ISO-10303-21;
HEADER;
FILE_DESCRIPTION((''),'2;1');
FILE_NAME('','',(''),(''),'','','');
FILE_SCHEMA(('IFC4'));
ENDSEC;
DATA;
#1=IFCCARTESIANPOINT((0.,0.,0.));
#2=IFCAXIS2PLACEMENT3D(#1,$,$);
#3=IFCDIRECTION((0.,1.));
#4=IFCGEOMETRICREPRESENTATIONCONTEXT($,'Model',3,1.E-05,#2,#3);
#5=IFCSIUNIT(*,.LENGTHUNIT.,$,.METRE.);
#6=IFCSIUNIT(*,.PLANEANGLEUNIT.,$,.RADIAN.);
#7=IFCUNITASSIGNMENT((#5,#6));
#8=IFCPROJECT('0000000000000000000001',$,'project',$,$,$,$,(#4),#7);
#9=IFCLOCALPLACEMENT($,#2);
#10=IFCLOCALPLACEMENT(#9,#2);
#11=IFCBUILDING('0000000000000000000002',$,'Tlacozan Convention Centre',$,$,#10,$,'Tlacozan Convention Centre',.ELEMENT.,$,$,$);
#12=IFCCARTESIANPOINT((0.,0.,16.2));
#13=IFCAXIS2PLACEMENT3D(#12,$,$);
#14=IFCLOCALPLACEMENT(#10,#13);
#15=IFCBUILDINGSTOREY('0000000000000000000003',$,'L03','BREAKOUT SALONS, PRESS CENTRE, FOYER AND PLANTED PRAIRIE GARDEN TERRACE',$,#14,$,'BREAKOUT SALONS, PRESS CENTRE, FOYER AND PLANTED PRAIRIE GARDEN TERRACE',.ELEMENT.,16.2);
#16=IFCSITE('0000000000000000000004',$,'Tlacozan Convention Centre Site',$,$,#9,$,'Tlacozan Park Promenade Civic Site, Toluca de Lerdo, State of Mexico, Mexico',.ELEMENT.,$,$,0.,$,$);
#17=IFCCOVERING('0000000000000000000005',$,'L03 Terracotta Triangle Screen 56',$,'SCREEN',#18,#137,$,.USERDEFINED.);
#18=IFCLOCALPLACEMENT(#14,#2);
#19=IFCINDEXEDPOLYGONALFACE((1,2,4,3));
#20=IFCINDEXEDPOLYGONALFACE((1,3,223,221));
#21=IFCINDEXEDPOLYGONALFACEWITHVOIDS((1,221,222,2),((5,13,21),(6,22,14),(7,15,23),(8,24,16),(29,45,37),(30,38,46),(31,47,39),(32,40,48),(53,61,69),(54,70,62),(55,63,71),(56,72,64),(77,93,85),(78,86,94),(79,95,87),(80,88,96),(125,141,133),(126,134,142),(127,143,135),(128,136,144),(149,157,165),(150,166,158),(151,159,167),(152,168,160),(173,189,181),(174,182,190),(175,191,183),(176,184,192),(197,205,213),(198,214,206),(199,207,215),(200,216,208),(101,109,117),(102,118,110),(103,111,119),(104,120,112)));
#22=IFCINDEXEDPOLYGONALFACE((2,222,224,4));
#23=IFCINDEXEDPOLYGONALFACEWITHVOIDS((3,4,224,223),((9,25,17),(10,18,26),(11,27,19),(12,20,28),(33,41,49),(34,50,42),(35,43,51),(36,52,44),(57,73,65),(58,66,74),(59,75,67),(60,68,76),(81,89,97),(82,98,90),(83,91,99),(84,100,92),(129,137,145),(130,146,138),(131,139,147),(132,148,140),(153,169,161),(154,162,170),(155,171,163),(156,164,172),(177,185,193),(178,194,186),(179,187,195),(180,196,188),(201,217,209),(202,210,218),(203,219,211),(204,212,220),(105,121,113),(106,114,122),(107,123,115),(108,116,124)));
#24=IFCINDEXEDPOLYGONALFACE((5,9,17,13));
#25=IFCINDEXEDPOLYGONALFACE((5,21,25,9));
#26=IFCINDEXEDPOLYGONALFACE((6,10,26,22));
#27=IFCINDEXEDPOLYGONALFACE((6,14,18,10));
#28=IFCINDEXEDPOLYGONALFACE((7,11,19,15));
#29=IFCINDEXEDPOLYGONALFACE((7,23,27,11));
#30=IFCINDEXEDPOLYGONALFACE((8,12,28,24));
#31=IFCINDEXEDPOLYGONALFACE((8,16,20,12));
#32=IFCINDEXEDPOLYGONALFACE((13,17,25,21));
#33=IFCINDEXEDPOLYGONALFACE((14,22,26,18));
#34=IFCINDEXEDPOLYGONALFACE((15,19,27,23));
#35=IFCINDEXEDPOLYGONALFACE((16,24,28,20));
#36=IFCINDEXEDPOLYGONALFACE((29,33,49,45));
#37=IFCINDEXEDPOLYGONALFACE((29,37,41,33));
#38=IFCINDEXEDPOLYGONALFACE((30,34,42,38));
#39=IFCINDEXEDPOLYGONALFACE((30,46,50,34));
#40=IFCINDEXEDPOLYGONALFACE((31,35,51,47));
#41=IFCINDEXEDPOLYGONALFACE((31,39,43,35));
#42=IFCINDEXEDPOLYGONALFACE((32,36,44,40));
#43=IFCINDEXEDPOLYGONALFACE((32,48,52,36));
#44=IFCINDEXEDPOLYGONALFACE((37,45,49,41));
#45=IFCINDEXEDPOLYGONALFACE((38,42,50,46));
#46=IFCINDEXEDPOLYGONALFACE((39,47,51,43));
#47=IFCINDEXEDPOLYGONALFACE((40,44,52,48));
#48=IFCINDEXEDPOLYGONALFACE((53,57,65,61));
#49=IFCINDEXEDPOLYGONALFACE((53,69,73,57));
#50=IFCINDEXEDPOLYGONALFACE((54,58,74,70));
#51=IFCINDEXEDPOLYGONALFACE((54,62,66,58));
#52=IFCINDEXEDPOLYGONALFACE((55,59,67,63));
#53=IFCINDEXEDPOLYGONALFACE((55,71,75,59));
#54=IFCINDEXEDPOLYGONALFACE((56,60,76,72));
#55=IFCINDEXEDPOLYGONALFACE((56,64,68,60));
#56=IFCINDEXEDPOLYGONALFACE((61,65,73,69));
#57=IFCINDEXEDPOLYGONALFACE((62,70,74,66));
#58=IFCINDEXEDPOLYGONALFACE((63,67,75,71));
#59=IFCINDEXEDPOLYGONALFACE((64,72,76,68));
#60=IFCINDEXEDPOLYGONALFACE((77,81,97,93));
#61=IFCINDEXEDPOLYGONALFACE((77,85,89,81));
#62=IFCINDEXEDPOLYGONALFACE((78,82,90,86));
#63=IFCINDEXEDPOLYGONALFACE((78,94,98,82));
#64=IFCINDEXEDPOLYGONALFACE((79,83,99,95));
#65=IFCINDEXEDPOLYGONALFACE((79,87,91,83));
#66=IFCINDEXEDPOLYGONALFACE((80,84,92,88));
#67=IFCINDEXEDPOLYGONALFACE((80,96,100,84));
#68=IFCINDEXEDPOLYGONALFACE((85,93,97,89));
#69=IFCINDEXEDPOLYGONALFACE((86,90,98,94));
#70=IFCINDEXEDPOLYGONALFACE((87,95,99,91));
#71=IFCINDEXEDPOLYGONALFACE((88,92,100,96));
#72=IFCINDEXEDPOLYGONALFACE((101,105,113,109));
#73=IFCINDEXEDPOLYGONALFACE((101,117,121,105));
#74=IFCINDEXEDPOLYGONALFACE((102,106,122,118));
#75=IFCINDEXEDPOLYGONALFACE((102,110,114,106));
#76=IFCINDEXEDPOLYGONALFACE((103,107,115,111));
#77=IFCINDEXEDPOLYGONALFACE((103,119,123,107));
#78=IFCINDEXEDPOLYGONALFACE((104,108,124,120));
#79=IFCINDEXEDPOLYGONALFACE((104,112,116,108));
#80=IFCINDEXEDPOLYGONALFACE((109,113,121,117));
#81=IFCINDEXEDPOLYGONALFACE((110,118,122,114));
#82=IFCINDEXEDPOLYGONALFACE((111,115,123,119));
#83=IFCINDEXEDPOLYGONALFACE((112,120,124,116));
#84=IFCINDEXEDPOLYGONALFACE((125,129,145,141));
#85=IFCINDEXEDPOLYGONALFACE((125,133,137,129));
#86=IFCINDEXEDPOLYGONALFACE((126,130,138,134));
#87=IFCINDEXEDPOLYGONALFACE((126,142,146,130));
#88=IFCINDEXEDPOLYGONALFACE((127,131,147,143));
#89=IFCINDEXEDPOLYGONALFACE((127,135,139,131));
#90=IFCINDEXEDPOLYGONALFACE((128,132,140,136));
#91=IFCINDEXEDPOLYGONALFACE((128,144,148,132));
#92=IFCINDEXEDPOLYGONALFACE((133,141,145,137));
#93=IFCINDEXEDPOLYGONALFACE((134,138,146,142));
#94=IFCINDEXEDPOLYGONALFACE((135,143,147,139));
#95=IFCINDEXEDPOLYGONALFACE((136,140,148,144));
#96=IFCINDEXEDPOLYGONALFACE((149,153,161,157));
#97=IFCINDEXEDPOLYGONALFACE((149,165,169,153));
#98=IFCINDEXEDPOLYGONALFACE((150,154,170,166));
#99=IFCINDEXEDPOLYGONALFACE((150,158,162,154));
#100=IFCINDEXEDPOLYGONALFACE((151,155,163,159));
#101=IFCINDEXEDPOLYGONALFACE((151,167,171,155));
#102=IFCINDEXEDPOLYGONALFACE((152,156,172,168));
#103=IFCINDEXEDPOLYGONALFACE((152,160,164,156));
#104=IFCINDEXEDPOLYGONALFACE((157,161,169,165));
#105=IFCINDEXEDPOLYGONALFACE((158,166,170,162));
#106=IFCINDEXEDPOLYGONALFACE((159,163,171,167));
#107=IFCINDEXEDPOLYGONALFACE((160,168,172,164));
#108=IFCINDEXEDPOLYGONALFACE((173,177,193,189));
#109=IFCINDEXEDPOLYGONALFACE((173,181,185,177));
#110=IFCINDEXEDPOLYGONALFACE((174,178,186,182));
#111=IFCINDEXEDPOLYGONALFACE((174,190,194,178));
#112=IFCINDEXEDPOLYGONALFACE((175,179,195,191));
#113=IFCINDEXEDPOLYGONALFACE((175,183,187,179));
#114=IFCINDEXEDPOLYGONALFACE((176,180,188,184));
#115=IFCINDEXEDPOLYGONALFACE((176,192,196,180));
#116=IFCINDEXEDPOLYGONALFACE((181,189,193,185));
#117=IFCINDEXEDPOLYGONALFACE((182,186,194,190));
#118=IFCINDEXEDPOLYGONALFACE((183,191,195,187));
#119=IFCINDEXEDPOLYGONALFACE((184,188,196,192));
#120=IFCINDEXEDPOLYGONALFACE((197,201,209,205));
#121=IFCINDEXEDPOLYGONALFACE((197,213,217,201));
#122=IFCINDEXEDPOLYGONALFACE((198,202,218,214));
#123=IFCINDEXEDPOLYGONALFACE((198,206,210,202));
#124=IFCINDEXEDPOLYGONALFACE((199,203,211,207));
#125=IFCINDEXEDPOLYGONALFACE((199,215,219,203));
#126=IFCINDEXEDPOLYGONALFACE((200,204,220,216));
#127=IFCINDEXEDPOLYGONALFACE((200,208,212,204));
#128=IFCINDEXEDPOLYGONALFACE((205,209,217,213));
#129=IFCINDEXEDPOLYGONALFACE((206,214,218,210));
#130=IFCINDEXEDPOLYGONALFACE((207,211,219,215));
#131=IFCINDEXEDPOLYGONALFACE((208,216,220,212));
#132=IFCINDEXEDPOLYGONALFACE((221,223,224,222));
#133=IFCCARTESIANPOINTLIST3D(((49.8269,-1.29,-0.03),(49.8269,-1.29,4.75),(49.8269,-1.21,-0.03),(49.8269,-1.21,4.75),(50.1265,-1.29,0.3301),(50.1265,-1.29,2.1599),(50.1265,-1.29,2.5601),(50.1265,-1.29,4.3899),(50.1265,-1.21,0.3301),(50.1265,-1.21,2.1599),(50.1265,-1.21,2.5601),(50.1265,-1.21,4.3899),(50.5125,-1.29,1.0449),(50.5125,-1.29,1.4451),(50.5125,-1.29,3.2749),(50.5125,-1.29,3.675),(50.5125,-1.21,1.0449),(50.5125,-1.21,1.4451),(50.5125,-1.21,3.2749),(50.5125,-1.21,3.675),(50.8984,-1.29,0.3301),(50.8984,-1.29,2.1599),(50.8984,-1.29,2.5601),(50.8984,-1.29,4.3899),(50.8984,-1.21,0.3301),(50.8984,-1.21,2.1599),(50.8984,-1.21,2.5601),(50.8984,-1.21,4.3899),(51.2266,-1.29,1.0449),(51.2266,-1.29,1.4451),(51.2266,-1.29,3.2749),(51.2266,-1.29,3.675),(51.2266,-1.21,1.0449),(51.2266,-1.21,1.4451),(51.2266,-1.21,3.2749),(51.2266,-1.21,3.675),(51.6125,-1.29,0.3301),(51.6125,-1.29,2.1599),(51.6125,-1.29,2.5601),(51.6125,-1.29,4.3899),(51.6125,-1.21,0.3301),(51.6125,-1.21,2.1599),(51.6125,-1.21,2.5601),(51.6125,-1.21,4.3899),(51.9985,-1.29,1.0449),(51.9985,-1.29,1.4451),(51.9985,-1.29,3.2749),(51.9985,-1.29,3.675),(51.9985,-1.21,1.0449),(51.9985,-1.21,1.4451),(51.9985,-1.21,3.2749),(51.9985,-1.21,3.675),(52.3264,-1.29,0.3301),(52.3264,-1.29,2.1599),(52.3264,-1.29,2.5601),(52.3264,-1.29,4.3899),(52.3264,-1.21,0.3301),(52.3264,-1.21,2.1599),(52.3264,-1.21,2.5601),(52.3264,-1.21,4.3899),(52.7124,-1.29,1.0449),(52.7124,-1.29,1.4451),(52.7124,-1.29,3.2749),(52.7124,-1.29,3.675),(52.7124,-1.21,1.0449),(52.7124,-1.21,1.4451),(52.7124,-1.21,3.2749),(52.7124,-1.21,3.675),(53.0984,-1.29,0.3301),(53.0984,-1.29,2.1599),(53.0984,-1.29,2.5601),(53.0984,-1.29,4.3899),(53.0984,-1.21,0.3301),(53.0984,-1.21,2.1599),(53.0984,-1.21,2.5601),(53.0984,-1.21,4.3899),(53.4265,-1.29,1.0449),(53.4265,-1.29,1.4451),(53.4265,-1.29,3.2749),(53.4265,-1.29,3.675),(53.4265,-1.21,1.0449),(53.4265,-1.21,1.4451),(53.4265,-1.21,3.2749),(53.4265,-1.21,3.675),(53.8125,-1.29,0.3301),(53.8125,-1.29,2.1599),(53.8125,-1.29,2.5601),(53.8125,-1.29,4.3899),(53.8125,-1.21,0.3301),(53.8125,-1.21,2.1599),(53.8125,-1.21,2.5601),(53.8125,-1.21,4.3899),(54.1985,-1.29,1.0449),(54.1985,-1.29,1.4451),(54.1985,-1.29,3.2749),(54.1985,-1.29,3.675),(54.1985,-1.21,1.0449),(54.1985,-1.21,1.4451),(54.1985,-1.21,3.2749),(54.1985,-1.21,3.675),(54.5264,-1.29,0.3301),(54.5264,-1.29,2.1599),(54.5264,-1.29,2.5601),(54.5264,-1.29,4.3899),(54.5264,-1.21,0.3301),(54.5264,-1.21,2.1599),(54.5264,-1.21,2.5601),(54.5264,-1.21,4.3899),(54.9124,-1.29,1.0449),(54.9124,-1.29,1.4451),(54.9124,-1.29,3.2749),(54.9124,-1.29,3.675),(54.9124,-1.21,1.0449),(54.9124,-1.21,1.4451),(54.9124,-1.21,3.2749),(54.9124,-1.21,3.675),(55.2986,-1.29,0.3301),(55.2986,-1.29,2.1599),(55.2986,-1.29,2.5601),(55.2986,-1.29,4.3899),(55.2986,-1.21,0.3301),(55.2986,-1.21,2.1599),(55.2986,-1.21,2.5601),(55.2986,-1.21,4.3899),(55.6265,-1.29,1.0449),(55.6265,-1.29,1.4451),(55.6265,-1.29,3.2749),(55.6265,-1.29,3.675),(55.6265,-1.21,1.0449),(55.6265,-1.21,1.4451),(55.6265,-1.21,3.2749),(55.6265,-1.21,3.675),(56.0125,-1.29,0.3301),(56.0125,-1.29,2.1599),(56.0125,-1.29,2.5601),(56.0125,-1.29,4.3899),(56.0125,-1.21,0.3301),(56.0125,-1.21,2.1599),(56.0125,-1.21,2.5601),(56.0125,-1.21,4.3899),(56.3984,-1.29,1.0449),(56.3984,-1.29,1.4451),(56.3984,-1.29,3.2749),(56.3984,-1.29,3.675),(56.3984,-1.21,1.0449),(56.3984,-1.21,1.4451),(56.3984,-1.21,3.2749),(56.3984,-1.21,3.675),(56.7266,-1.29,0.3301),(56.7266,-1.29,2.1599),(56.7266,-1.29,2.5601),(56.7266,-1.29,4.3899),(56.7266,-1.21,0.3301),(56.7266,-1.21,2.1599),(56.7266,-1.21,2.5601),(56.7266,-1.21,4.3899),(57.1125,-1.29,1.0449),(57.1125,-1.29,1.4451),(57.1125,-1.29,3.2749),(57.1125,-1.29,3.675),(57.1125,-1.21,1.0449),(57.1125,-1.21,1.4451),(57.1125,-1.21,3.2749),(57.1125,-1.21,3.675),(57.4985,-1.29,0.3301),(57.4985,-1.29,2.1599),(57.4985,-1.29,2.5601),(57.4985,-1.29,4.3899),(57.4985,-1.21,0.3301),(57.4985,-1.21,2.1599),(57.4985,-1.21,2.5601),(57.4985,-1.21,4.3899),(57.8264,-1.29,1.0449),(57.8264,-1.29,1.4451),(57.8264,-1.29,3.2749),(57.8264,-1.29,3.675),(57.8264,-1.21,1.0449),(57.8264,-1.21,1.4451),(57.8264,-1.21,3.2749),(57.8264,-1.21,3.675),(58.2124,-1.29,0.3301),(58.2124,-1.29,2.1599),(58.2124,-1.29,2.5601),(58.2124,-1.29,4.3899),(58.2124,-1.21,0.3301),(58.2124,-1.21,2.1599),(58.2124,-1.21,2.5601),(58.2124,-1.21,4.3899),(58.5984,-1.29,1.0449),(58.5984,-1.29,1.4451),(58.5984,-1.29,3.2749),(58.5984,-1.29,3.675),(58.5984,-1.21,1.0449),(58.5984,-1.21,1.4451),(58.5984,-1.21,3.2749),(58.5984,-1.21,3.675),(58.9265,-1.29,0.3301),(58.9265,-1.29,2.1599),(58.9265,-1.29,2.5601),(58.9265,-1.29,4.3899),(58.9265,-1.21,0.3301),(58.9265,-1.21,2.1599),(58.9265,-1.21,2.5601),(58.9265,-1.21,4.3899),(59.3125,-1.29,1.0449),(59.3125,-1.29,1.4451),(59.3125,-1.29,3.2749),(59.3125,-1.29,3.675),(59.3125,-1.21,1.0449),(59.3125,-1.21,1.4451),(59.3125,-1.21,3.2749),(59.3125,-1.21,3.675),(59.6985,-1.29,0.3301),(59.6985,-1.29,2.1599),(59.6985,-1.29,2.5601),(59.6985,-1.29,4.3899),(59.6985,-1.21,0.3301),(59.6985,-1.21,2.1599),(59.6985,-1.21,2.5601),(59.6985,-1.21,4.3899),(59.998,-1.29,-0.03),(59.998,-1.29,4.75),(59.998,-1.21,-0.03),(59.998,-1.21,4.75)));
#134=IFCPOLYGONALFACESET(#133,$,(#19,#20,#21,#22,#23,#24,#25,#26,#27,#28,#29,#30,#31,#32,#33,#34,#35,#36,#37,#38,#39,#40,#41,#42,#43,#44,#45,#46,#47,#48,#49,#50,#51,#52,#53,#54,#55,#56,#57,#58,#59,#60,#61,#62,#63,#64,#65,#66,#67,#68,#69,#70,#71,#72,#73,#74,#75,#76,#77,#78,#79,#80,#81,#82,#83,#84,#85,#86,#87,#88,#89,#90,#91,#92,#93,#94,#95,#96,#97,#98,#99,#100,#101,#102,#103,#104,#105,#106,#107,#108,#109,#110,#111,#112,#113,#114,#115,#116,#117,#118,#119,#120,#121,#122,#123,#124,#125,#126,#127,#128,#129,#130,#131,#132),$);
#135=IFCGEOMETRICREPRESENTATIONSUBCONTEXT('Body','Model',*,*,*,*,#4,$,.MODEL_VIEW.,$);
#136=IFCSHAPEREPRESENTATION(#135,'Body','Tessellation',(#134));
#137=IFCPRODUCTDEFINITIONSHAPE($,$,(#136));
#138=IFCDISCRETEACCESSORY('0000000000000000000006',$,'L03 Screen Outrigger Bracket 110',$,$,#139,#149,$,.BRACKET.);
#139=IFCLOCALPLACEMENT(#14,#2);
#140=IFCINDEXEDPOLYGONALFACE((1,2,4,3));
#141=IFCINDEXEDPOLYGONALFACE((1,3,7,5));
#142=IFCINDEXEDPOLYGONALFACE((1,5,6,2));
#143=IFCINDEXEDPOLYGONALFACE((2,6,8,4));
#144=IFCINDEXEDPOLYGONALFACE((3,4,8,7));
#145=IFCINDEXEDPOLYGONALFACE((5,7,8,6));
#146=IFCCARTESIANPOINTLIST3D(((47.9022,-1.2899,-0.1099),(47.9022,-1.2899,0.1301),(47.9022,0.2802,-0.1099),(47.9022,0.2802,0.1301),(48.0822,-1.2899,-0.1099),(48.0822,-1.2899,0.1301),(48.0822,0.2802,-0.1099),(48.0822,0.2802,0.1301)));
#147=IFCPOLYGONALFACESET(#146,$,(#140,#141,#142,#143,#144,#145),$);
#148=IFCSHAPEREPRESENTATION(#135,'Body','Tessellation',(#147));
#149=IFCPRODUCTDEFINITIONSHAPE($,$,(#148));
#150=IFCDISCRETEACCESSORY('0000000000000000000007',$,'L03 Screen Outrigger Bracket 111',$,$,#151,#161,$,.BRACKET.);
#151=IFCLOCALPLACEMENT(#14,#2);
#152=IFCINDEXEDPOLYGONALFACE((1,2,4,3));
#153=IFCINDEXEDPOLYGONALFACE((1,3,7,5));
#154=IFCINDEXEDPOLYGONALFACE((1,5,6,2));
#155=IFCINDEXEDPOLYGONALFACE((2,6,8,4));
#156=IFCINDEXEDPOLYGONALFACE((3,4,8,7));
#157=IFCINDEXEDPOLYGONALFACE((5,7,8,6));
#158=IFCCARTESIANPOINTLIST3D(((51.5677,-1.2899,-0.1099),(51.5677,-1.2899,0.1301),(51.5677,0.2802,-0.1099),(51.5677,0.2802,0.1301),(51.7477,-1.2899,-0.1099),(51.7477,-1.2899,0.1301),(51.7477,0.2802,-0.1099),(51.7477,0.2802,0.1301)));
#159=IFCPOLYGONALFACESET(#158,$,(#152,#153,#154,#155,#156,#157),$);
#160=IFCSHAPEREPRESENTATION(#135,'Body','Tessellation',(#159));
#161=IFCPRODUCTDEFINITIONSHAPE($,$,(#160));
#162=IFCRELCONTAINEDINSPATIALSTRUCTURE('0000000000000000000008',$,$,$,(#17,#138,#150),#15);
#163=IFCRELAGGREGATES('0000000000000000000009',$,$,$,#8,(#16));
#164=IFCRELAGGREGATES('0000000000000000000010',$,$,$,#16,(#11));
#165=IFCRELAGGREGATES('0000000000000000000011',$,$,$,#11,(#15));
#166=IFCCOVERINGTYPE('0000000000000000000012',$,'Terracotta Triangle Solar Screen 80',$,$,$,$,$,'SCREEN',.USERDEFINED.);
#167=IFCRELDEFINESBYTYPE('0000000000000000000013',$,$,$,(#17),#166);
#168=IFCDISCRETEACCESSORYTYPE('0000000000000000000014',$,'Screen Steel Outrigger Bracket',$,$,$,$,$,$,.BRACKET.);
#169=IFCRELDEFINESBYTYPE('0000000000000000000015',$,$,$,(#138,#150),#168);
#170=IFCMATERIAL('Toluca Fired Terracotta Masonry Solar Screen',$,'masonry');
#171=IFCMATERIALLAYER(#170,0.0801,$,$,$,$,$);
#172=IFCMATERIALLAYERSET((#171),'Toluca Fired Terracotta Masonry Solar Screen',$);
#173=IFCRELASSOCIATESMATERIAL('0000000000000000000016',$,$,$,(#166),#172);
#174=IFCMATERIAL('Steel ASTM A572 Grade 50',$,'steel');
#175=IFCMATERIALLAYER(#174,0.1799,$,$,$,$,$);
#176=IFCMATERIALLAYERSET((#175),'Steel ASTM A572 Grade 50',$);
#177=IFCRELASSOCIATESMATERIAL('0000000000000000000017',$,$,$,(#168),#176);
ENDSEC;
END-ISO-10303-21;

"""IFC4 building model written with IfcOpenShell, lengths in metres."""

from ifc_helpers import new_model, si_unit, direction, frame, origin, origin_2d, place, context, subcontext, project, spatial, polyline, rectangle, outline, extrude, material, layer, layer_set, type_object, element, save


model = new_model("IFC4")

# Units and contexts
model_context = context("Model", 3, precision=1e-05, world=origin(), true_north=direction((0.0, 1.0)))
body_context = subcontext(model_context, "Body", "Model", "MODEL_VIEW")
ifc_project = project(units=[si_unit("LENGTHUNIT", "METRE"), si_unit("PLANEANGLEUNIT", "RADIAN")], contexts=[model_context])

# Site, building, storey
site_placement = place(None, origin())
site = spatial("IfcSite", under=ifc_project, at=site_placement, Name="Tlacozan Convention Centre Site", LongName="Tlacozan Park Promenade Civic Site, Toluca de Lerdo, State of Mexico, Mexico", CompositionType="ELEMENT", RefElevation=0.0)
building_placement = place(site_placement, origin())
building = spatial("IfcBuilding", under=site, at=building_placement, Name="Tlacozan Convention Centre", LongName="Tlacozan Convention Centre", CompositionType="ELEMENT")
storey_placement = place(building_placement, frame((0.0, 0.0, 16.2)))
storey = spatial("IfcBuildingStorey", under=building, at=storey_placement, Name="L03", Description="BREAKOUT SALONS, PRESS CENTRE, FOYER AND PLANTED PRAIRIE GARDEN TERRACE", LongName="BREAKOUT SALONS, PRESS CENTRE, FOYER AND PLANTED PRAIRIE GARDEN TERRACE", CompositionType="ELEMENT", Elevation=16.2)

# Covering
ifc_material_1 = material(Name="Toluca Fired Terracotta Masonry Solar Screen", Category="masonry")
ifc_layer_1 = layer(ifc_material_1, 0.0801)
ifc_layer_set_1 = layer_set([ifc_layer_1], Name="Toluca Fired Terracotta Masonry Solar Screen")
covering_type = type_object("IfcCoveringType", Name="Terracotta Triangle Solar Screen 80", ElementType="SCREEN", PredefinedType="USERDEFINED", material=ifc_layer_set_1)
covering_placement = place(storey_placement, frame((49.8269, -1.25, -0.03), z_axis=(0.0, 0.0, 1.0), x_axis=(1.0, 0.0, 0.0)))
element("IfcCovering", 1, at=covering_placement, inside=storey, type_object=covering_type, Name="L03 Terracotta Triangle Screen 56", ObjectType="SCREEN", PredefinedType="USERDEFINED", context=body_context, shape_type="SweptSolid", body=[
    extrude(outline(polyline([(0.0, 0.0), (10.1711, 0.0), (10.1711, 4.78), (0.0, 4.78), (0.0, 0.0)]), holes=[polyline([(0.2996, 0.3601), (1.0715, 0.3601), (0.6855, 1.075), (0.2996, 0.3601)]), polyline([(1.3997, 1.075), (2.1716, 1.075), (1.7856, 0.3601), (1.3997, 1.075)]), polyline([(2.4995, 0.3601), (3.2715, 0.3601), (2.8855, 1.075), (2.4995, 0.3601)]), polyline([(3.5996, 1.075), (4.3716, 1.075), (3.9856, 0.3601), (3.5996, 1.075)]), polyline([(4.6995, 0.3601), (5.4717, 0.3601), (5.0854, 1.075), (4.6995, 0.3601)]), polyline([(5.7996, 1.075), (6.5715, 1.075), (6.1855, 0.3601), (5.7996, 1.075)]), polyline([(6.8997, 0.3601), (7.6716, 0.3601), (7.2856, 1.075), (6.8997, 0.3601)]), polyline([(7.9995, 1.075), (8.7715, 1.075), (8.3855, 0.3601), (7.9995, 1.075)]), polyline([(9.0996, 0.3601), (9.8716, 0.3601), (9.4856, 1.075), (9.0996, 0.3601)]), polyline([(0.2996, 2.1899), (1.0715, 2.1899), (0.6855, 1.4751), (0.2996, 2.1899)]), polyline([(1.3997, 1.4751), (2.1716, 1.4751), (1.7856, 2.1899), (1.3997, 1.4751)]), polyline([(2.4995, 2.1899), (3.2715, 2.1899), (2.8855, 1.4751), (2.4995, 2.1899)]), polyline([(3.5996, 1.4751), (4.3716, 1.4751), (3.9856, 2.1899), (3.5996, 1.4751)]), polyline([(4.6995, 2.1899), (5.4717, 2.1899), (5.0854, 1.4751), (4.6995, 2.1899)]), polyline([(5.7996, 1.4751), (6.5715, 1.4751), (6.1855, 2.1899), (5.7996, 1.4751)]), polyline([(6.8997, 2.1899), (7.6716, 2.1899), (7.2856, 1.4751), (6.8997, 2.1899)]), polyline([(7.9995, 1.4751), (8.7715, 1.4751), (8.3855, 2.1899), (7.9995, 1.4751)]), polyline([(9.0996, 2.1899), (9.8716, 2.1899), (9.4856, 1.4751), (9.0996, 2.1899)]), polyline([(0.2996, 2.5901), (1.0715, 2.5901), (0.6855, 3.3049), (0.2996, 2.5901)]), polyline([(1.3997, 3.3049), (2.1716, 3.3049), (1.7856, 2.5901), (1.3997, 3.3049)]), polyline([(2.4995, 2.5901), (3.2715, 2.5901), (2.8855, 3.3049), (2.4995, 2.5901)]), polyline([(3.5996, 3.3049), (4.3716, 3.3049), (3.9856, 2.5901), (3.5996, 3.3049)]), polyline([(4.6995, 2.5901), (5.4717, 2.5901), (5.0854, 3.3049), (4.6995, 2.5901)]), polyline([(5.7996, 3.3049), (6.5715, 3.3049), (6.1855, 2.5901), (5.7996, 3.3049)]), polyline([(6.8997, 2.5901), (7.6716, 2.5901), (7.2856, 3.3049), (6.8997, 2.5901)]), polyline([(7.9995, 3.3049), (8.7715, 3.3049), (8.3855, 2.5901), (7.9995, 3.3049)]), polyline([(9.0996, 2.5901), (9.8716, 2.5901), (9.4856, 3.3049), (9.0996, 2.5901)]), polyline([(0.2996, 4.4199), (1.0715, 4.4199), (0.6855, 3.7051), (0.2996, 4.4199)]), polyline([(1.3997, 3.7051), (2.1716, 3.7051), (1.7856, 4.4199), (1.3997, 3.7051)]), polyline([(2.4995, 4.4199), (3.2715, 4.4199), (2.8855, 3.7051), (2.4995, 4.4199)]), polyline([(3.5996, 3.7051), (4.3716, 3.7051), (3.9856, 4.4199), (3.5996, 3.7051)]), polyline([(4.6995, 4.4199), (5.4717, 4.4199), (5.0854, 3.7051), (4.6995, 4.4199)]), polyline([(5.7996, 3.7051), (6.5715, 3.7051), (6.1855, 4.4199), (5.7996, 3.7051)]), polyline([(6.8997, 4.4199), (7.6716, 4.4199), (7.2856, 3.7051), (6.8997, 4.4199)]), polyline([(7.9995, 3.7051), (8.7715, 3.7051), (8.3855, 4.4199), (7.9995, 3.7051)]), polyline([(9.0996, 4.4199), (9.8716, 4.4199), (9.4856, 3.7051), (9.0996, 4.4199)])]), frame((0.0, 0.04, 0.0), z_axis=(0.0, -1.0, 0.0), x_axis=(1.0, 0.0, 0.0)), (0.0, 0.0, 1.0), 0.0801),
])

# Discrete accessories
ifc_material_2 = material(Name="Steel ASTM A572 Grade 50", Category="steel")
ifc_layer_2 = layer(ifc_material_2, 0.1799)
ifc_layer_set_2 = layer_set([ifc_layer_2], Name="Steel ASTM A572 Grade 50")
discrete_accessory_type = type_object("IfcDiscreteAccessoryType", Name="Screen Steel Outrigger Bracket", PredefinedType="BRACKET", material=ifc_layer_set_2)
for number, where, z_axis, x_axis, name in (
    (2, (47.9922, -0.5049, -0.1099), (0.0, 0.0, 1.0), (0.0, 1.0, 0.0), "L03 Screen Outrigger Bracket 110"),
    (3, (51.6577, -0.5049, -0.1099), (0.0, 0.0, 1.0), (0.0, 1.0, 0.0), "L03 Screen Outrigger Bracket 111"),
):
    element("IfcDiscreteAccessory", number, at=place(storey_placement, frame(where, z_axis=z_axis, x_axis=x_axis)), inside=storey, type_object=discrete_accessory_type, Name=name, PredefinedType="BRACKET", context=body_context, shape_type="SweptSolid", body=[
        extrude(rectangle(XDim=1.5701, YDim=0.1799, at=origin_2d()), origin(), (0.0, 0.0, 1.0), 0.24),
    ])

save(model, "model.ifc")
